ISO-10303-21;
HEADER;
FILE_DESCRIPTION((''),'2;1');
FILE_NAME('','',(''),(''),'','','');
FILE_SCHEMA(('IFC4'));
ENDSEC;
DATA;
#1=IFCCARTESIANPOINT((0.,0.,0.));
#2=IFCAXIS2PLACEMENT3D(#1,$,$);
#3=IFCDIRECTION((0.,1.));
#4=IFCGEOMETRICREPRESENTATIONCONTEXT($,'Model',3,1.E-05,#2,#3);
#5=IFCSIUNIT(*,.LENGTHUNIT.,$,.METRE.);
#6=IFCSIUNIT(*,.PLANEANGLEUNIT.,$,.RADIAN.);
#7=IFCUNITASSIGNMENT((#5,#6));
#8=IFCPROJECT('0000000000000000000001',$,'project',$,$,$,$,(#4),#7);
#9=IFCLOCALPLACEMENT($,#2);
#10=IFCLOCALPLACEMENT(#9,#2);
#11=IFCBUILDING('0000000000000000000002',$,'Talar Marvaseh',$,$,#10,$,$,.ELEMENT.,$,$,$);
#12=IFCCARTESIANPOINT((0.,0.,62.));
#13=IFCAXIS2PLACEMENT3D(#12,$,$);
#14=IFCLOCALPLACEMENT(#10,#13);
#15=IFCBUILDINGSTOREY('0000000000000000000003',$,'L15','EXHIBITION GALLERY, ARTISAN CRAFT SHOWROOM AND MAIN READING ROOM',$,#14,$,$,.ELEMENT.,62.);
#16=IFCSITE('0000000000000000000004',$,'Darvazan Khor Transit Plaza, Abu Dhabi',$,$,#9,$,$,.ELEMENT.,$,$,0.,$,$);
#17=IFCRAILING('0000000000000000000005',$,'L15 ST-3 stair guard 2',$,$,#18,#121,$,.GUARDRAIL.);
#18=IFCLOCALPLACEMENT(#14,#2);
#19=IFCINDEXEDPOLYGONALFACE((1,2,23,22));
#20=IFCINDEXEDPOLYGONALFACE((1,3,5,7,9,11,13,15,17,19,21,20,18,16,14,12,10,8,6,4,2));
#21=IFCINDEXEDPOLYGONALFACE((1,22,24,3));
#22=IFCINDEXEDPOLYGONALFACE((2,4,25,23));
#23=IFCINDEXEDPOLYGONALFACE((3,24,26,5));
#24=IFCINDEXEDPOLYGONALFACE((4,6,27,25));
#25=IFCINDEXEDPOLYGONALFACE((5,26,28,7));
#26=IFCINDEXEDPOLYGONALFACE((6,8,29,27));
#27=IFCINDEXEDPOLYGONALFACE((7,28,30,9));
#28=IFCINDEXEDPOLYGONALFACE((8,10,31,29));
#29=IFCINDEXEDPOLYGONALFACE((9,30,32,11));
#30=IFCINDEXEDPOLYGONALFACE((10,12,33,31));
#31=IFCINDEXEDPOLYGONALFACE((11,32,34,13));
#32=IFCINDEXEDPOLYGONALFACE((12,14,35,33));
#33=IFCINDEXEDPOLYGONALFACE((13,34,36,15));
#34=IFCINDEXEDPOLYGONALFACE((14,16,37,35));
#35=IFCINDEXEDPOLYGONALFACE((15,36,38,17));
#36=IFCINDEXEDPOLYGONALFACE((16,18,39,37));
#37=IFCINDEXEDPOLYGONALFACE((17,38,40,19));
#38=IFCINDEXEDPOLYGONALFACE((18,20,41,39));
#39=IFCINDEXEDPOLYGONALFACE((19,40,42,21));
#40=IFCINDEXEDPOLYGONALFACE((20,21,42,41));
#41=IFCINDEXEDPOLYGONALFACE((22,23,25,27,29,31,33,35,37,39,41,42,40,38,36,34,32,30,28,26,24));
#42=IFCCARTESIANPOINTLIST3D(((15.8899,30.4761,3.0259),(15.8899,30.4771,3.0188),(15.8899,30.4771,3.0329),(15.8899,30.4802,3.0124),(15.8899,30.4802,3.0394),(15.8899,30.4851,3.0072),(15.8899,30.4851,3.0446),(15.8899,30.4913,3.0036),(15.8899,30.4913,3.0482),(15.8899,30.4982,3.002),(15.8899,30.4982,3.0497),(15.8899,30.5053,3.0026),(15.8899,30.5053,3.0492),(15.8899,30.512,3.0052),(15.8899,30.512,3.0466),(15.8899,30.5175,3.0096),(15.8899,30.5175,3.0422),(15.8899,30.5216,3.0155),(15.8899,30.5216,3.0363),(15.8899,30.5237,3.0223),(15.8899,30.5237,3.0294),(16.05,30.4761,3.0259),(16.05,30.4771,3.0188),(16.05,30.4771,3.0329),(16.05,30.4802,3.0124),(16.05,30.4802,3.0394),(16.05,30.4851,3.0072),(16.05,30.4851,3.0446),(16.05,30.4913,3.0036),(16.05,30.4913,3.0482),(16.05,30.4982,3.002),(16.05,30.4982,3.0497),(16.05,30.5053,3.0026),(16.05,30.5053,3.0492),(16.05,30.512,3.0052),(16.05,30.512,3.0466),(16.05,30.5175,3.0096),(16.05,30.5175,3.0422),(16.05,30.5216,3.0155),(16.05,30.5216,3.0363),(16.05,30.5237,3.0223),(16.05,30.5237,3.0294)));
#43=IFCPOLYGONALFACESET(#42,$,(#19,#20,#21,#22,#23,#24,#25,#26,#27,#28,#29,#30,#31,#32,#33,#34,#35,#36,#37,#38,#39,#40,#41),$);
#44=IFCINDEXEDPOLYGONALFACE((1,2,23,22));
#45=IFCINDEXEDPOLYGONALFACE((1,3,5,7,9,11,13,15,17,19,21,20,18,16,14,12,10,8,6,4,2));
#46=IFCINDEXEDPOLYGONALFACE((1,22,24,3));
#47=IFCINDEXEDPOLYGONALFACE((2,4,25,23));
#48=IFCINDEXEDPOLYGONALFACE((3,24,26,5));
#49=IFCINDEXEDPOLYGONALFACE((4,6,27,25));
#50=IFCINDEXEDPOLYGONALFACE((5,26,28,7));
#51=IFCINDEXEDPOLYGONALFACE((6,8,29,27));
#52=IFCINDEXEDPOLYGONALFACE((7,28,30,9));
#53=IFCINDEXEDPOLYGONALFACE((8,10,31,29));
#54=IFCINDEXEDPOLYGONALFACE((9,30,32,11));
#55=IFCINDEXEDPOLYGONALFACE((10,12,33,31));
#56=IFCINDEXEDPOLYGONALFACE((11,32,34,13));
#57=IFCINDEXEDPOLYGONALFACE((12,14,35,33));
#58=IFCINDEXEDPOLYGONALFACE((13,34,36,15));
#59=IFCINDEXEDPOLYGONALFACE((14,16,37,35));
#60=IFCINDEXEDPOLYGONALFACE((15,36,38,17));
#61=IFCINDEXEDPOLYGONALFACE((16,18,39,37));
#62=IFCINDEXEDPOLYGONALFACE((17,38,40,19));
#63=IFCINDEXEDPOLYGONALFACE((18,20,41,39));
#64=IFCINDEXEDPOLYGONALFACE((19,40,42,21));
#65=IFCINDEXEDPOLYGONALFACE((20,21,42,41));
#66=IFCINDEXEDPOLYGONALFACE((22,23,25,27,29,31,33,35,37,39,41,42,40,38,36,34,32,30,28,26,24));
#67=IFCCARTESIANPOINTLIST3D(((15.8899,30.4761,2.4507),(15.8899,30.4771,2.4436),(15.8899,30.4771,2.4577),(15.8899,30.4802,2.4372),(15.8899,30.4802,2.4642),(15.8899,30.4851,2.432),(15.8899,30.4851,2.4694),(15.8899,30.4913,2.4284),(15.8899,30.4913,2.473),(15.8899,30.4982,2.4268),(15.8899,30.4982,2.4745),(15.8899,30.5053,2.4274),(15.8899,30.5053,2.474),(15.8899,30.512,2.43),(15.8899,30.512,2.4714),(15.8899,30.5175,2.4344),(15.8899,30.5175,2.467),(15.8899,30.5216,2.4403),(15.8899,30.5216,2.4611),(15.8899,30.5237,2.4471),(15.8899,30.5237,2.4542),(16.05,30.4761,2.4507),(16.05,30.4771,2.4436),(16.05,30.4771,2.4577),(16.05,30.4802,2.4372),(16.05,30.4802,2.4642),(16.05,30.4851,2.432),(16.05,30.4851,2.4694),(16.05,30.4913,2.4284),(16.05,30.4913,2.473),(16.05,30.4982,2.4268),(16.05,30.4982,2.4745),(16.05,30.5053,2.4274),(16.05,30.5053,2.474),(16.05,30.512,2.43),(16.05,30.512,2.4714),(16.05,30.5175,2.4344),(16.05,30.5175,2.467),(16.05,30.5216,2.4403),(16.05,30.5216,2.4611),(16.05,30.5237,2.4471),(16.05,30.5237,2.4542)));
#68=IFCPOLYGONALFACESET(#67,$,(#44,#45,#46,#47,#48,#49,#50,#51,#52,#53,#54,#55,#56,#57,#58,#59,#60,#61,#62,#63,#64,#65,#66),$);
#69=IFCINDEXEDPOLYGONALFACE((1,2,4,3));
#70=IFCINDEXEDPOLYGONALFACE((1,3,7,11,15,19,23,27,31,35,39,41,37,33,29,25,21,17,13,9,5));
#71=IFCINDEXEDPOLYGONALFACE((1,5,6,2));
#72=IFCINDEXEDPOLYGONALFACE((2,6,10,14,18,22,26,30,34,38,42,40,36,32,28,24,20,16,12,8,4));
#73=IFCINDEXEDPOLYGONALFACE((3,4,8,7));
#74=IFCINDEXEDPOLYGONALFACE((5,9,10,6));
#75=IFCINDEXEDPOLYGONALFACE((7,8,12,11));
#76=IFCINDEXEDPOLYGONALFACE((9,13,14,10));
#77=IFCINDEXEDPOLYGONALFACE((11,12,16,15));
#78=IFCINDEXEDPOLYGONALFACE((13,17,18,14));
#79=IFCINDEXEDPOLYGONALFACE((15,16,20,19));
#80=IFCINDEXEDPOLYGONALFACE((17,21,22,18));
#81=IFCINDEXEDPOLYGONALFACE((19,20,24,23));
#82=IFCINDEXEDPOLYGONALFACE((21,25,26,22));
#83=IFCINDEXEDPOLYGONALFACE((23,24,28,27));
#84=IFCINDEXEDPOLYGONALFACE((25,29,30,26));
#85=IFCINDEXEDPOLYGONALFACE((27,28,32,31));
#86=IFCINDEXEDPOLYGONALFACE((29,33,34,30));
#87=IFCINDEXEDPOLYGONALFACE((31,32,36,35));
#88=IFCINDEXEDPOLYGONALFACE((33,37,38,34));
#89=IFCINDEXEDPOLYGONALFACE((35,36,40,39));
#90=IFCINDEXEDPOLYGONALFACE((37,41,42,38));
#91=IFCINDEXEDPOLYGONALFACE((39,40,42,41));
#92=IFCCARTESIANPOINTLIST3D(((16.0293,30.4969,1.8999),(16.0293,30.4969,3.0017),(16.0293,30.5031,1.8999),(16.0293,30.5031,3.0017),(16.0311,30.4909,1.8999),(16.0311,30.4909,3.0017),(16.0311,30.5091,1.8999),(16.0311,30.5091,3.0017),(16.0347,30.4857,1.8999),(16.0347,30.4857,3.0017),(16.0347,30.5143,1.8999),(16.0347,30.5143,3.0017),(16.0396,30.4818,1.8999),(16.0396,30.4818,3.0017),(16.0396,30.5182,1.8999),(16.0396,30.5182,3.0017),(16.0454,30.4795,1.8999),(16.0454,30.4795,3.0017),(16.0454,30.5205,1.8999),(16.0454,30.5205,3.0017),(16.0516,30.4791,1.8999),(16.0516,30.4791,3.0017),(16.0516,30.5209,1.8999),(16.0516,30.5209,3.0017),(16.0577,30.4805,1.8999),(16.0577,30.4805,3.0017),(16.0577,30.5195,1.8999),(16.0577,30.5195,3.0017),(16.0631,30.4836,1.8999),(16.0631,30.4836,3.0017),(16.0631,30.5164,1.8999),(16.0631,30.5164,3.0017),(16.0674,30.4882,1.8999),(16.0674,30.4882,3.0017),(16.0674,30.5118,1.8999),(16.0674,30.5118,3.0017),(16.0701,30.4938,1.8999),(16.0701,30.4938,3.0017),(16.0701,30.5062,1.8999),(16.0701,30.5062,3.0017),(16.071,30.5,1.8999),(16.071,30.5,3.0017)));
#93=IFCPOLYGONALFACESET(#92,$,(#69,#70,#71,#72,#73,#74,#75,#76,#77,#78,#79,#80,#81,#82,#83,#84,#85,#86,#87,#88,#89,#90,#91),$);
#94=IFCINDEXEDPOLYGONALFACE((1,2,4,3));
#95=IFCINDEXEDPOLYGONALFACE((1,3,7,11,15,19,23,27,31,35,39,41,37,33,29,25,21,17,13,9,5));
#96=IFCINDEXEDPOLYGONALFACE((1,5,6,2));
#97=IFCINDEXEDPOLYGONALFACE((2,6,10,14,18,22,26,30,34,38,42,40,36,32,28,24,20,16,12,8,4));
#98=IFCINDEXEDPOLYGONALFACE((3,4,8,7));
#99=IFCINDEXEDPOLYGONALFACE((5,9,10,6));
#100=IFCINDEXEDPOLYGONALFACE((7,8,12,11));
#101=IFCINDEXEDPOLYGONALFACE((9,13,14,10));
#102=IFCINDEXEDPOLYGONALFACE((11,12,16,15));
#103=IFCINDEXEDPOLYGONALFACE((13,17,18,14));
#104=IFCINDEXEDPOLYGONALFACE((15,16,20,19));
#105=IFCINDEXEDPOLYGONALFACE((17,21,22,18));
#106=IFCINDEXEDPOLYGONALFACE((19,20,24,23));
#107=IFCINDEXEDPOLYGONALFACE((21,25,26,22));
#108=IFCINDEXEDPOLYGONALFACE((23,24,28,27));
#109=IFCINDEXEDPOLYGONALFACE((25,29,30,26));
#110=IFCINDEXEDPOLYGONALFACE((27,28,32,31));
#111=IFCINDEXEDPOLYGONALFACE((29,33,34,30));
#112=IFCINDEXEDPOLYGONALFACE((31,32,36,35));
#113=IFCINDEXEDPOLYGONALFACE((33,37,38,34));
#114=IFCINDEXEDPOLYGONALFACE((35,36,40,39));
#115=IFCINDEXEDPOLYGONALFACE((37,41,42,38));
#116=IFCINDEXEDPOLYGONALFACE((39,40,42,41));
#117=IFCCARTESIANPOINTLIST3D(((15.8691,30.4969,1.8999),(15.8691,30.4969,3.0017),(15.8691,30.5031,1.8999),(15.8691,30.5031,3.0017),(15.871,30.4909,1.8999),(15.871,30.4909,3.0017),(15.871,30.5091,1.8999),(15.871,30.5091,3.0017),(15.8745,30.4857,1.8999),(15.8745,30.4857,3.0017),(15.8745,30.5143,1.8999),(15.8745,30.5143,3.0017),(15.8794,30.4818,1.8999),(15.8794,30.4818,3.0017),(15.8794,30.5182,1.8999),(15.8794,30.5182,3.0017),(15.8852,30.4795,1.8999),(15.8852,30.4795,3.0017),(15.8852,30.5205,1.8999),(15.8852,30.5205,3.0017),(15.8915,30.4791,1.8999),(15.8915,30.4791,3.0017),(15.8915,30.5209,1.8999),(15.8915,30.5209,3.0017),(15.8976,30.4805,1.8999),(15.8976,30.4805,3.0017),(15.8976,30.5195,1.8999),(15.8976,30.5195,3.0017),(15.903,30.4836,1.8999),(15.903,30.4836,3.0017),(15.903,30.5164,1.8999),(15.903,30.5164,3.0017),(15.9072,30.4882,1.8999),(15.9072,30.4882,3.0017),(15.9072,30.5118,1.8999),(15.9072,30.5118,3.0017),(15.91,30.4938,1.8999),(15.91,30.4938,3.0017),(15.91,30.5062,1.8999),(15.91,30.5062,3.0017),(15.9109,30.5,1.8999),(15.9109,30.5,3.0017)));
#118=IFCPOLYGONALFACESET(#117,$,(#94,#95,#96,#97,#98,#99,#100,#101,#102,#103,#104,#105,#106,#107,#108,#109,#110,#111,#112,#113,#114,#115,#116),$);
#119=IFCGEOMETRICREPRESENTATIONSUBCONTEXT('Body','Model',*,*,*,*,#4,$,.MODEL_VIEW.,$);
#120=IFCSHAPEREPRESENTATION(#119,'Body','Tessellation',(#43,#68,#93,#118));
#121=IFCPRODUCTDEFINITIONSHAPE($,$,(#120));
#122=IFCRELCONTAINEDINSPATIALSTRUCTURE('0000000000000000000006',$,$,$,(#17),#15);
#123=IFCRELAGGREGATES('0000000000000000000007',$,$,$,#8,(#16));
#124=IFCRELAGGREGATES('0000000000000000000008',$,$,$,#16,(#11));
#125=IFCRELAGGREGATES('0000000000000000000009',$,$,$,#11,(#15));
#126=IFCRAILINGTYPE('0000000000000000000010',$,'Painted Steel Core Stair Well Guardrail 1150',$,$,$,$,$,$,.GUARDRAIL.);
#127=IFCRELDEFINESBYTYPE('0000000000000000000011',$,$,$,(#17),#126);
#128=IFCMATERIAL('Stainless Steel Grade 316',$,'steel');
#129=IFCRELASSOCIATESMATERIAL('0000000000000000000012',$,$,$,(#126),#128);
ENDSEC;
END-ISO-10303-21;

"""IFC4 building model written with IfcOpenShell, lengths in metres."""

from ifc_helpers import new_model, si_unit, direction, frame, origin, origin_2d, place, context, subcontext, project, spatial, circle, extrude, material, type_object, element, save


model = new_model("IFC4")

# Units and contexts
model_context = context("Model", 3, precision=1e-05, world=origin(), true_north=direction((0.0, 1.0)))
body_context = subcontext(model_context, "Body", "Model", "MODEL_VIEW")
ifc_project = project(units=[si_unit("LENGTHUNIT", "METRE"), si_unit("PLANEANGLEUNIT", "RADIAN")], contexts=[model_context])

# Site, building, storey
site_placement = place(None, origin())
site = spatial("IfcSite", under=ifc_project, at=site_placement, Name="Darvazan Khor Transit Plaza, Abu Dhabi", CompositionType="ELEMENT", RefElevation=0.0)
building_placement = place(site_placement, origin())
building = spatial("IfcBuilding", under=site, at=building_placement, Name="Talar Marvaseh", CompositionType="ELEMENT")
storey_placement = place(building_placement, frame((0.0, 0.0, 62.0)))
storey = spatial("IfcBuildingStorey", under=building, at=storey_placement, Name="L15", Description="EXHIBITION GALLERY, ARTISAN CRAFT SHOWROOM AND MAIN READING ROOM", CompositionType="ELEMENT", Elevation=62.0)

# Railing
ifc_material_1 = material(Name="Stainless Steel Grade 316", Category="steel")
railing_type_1 = type_object("IfcRailingType", Name="Painted Steel Core Stair Well Guardrail 1150", PredefinedType="GUARDRAIL", material=ifc_material_1)
railing_1_placement = place(storey_placement, frame((16.05, 30.5, 1.8999)))
element("IfcRailing", 1, at=railing_1_placement, inside=storey, type_object=railing_type_1, Name="L15 ST-3 stair guard 2", PredefinedType="GUARDRAIL", context=body_context, shape_type="SweptSolid", body=[
    extrude(circle(Radius=0.0239, at=origin_2d()), frame((0.0, 0.0, 1.126), z_axis=(-1.0, 0.0, 0.0), x_axis=(0.0, -1.0, 0.0)), (0.0, 0.0, 1.0), 0.1602),
    extrude(circle(Radius=0.0239, at=origin_2d()), frame((0.0, 0.0, 0.5508), z_axis=(-1.0, 0.0, 0.0), x_axis=(0.0, -1.0, 0.0)), (0.0, 0.0, 1.0), 0.1602),
    extrude(circle(Radius=0.021, at=origin_2d()), origin(), (0.0, 0.0, 1.0), 1.1018),
    extrude(circle(Radius=0.021, at=origin_2d()), frame((-0.1602, 0.0, 0.0)), (0.0, 0.0, 1.0), 1.1018),
])

save(model, "model.ifc")
